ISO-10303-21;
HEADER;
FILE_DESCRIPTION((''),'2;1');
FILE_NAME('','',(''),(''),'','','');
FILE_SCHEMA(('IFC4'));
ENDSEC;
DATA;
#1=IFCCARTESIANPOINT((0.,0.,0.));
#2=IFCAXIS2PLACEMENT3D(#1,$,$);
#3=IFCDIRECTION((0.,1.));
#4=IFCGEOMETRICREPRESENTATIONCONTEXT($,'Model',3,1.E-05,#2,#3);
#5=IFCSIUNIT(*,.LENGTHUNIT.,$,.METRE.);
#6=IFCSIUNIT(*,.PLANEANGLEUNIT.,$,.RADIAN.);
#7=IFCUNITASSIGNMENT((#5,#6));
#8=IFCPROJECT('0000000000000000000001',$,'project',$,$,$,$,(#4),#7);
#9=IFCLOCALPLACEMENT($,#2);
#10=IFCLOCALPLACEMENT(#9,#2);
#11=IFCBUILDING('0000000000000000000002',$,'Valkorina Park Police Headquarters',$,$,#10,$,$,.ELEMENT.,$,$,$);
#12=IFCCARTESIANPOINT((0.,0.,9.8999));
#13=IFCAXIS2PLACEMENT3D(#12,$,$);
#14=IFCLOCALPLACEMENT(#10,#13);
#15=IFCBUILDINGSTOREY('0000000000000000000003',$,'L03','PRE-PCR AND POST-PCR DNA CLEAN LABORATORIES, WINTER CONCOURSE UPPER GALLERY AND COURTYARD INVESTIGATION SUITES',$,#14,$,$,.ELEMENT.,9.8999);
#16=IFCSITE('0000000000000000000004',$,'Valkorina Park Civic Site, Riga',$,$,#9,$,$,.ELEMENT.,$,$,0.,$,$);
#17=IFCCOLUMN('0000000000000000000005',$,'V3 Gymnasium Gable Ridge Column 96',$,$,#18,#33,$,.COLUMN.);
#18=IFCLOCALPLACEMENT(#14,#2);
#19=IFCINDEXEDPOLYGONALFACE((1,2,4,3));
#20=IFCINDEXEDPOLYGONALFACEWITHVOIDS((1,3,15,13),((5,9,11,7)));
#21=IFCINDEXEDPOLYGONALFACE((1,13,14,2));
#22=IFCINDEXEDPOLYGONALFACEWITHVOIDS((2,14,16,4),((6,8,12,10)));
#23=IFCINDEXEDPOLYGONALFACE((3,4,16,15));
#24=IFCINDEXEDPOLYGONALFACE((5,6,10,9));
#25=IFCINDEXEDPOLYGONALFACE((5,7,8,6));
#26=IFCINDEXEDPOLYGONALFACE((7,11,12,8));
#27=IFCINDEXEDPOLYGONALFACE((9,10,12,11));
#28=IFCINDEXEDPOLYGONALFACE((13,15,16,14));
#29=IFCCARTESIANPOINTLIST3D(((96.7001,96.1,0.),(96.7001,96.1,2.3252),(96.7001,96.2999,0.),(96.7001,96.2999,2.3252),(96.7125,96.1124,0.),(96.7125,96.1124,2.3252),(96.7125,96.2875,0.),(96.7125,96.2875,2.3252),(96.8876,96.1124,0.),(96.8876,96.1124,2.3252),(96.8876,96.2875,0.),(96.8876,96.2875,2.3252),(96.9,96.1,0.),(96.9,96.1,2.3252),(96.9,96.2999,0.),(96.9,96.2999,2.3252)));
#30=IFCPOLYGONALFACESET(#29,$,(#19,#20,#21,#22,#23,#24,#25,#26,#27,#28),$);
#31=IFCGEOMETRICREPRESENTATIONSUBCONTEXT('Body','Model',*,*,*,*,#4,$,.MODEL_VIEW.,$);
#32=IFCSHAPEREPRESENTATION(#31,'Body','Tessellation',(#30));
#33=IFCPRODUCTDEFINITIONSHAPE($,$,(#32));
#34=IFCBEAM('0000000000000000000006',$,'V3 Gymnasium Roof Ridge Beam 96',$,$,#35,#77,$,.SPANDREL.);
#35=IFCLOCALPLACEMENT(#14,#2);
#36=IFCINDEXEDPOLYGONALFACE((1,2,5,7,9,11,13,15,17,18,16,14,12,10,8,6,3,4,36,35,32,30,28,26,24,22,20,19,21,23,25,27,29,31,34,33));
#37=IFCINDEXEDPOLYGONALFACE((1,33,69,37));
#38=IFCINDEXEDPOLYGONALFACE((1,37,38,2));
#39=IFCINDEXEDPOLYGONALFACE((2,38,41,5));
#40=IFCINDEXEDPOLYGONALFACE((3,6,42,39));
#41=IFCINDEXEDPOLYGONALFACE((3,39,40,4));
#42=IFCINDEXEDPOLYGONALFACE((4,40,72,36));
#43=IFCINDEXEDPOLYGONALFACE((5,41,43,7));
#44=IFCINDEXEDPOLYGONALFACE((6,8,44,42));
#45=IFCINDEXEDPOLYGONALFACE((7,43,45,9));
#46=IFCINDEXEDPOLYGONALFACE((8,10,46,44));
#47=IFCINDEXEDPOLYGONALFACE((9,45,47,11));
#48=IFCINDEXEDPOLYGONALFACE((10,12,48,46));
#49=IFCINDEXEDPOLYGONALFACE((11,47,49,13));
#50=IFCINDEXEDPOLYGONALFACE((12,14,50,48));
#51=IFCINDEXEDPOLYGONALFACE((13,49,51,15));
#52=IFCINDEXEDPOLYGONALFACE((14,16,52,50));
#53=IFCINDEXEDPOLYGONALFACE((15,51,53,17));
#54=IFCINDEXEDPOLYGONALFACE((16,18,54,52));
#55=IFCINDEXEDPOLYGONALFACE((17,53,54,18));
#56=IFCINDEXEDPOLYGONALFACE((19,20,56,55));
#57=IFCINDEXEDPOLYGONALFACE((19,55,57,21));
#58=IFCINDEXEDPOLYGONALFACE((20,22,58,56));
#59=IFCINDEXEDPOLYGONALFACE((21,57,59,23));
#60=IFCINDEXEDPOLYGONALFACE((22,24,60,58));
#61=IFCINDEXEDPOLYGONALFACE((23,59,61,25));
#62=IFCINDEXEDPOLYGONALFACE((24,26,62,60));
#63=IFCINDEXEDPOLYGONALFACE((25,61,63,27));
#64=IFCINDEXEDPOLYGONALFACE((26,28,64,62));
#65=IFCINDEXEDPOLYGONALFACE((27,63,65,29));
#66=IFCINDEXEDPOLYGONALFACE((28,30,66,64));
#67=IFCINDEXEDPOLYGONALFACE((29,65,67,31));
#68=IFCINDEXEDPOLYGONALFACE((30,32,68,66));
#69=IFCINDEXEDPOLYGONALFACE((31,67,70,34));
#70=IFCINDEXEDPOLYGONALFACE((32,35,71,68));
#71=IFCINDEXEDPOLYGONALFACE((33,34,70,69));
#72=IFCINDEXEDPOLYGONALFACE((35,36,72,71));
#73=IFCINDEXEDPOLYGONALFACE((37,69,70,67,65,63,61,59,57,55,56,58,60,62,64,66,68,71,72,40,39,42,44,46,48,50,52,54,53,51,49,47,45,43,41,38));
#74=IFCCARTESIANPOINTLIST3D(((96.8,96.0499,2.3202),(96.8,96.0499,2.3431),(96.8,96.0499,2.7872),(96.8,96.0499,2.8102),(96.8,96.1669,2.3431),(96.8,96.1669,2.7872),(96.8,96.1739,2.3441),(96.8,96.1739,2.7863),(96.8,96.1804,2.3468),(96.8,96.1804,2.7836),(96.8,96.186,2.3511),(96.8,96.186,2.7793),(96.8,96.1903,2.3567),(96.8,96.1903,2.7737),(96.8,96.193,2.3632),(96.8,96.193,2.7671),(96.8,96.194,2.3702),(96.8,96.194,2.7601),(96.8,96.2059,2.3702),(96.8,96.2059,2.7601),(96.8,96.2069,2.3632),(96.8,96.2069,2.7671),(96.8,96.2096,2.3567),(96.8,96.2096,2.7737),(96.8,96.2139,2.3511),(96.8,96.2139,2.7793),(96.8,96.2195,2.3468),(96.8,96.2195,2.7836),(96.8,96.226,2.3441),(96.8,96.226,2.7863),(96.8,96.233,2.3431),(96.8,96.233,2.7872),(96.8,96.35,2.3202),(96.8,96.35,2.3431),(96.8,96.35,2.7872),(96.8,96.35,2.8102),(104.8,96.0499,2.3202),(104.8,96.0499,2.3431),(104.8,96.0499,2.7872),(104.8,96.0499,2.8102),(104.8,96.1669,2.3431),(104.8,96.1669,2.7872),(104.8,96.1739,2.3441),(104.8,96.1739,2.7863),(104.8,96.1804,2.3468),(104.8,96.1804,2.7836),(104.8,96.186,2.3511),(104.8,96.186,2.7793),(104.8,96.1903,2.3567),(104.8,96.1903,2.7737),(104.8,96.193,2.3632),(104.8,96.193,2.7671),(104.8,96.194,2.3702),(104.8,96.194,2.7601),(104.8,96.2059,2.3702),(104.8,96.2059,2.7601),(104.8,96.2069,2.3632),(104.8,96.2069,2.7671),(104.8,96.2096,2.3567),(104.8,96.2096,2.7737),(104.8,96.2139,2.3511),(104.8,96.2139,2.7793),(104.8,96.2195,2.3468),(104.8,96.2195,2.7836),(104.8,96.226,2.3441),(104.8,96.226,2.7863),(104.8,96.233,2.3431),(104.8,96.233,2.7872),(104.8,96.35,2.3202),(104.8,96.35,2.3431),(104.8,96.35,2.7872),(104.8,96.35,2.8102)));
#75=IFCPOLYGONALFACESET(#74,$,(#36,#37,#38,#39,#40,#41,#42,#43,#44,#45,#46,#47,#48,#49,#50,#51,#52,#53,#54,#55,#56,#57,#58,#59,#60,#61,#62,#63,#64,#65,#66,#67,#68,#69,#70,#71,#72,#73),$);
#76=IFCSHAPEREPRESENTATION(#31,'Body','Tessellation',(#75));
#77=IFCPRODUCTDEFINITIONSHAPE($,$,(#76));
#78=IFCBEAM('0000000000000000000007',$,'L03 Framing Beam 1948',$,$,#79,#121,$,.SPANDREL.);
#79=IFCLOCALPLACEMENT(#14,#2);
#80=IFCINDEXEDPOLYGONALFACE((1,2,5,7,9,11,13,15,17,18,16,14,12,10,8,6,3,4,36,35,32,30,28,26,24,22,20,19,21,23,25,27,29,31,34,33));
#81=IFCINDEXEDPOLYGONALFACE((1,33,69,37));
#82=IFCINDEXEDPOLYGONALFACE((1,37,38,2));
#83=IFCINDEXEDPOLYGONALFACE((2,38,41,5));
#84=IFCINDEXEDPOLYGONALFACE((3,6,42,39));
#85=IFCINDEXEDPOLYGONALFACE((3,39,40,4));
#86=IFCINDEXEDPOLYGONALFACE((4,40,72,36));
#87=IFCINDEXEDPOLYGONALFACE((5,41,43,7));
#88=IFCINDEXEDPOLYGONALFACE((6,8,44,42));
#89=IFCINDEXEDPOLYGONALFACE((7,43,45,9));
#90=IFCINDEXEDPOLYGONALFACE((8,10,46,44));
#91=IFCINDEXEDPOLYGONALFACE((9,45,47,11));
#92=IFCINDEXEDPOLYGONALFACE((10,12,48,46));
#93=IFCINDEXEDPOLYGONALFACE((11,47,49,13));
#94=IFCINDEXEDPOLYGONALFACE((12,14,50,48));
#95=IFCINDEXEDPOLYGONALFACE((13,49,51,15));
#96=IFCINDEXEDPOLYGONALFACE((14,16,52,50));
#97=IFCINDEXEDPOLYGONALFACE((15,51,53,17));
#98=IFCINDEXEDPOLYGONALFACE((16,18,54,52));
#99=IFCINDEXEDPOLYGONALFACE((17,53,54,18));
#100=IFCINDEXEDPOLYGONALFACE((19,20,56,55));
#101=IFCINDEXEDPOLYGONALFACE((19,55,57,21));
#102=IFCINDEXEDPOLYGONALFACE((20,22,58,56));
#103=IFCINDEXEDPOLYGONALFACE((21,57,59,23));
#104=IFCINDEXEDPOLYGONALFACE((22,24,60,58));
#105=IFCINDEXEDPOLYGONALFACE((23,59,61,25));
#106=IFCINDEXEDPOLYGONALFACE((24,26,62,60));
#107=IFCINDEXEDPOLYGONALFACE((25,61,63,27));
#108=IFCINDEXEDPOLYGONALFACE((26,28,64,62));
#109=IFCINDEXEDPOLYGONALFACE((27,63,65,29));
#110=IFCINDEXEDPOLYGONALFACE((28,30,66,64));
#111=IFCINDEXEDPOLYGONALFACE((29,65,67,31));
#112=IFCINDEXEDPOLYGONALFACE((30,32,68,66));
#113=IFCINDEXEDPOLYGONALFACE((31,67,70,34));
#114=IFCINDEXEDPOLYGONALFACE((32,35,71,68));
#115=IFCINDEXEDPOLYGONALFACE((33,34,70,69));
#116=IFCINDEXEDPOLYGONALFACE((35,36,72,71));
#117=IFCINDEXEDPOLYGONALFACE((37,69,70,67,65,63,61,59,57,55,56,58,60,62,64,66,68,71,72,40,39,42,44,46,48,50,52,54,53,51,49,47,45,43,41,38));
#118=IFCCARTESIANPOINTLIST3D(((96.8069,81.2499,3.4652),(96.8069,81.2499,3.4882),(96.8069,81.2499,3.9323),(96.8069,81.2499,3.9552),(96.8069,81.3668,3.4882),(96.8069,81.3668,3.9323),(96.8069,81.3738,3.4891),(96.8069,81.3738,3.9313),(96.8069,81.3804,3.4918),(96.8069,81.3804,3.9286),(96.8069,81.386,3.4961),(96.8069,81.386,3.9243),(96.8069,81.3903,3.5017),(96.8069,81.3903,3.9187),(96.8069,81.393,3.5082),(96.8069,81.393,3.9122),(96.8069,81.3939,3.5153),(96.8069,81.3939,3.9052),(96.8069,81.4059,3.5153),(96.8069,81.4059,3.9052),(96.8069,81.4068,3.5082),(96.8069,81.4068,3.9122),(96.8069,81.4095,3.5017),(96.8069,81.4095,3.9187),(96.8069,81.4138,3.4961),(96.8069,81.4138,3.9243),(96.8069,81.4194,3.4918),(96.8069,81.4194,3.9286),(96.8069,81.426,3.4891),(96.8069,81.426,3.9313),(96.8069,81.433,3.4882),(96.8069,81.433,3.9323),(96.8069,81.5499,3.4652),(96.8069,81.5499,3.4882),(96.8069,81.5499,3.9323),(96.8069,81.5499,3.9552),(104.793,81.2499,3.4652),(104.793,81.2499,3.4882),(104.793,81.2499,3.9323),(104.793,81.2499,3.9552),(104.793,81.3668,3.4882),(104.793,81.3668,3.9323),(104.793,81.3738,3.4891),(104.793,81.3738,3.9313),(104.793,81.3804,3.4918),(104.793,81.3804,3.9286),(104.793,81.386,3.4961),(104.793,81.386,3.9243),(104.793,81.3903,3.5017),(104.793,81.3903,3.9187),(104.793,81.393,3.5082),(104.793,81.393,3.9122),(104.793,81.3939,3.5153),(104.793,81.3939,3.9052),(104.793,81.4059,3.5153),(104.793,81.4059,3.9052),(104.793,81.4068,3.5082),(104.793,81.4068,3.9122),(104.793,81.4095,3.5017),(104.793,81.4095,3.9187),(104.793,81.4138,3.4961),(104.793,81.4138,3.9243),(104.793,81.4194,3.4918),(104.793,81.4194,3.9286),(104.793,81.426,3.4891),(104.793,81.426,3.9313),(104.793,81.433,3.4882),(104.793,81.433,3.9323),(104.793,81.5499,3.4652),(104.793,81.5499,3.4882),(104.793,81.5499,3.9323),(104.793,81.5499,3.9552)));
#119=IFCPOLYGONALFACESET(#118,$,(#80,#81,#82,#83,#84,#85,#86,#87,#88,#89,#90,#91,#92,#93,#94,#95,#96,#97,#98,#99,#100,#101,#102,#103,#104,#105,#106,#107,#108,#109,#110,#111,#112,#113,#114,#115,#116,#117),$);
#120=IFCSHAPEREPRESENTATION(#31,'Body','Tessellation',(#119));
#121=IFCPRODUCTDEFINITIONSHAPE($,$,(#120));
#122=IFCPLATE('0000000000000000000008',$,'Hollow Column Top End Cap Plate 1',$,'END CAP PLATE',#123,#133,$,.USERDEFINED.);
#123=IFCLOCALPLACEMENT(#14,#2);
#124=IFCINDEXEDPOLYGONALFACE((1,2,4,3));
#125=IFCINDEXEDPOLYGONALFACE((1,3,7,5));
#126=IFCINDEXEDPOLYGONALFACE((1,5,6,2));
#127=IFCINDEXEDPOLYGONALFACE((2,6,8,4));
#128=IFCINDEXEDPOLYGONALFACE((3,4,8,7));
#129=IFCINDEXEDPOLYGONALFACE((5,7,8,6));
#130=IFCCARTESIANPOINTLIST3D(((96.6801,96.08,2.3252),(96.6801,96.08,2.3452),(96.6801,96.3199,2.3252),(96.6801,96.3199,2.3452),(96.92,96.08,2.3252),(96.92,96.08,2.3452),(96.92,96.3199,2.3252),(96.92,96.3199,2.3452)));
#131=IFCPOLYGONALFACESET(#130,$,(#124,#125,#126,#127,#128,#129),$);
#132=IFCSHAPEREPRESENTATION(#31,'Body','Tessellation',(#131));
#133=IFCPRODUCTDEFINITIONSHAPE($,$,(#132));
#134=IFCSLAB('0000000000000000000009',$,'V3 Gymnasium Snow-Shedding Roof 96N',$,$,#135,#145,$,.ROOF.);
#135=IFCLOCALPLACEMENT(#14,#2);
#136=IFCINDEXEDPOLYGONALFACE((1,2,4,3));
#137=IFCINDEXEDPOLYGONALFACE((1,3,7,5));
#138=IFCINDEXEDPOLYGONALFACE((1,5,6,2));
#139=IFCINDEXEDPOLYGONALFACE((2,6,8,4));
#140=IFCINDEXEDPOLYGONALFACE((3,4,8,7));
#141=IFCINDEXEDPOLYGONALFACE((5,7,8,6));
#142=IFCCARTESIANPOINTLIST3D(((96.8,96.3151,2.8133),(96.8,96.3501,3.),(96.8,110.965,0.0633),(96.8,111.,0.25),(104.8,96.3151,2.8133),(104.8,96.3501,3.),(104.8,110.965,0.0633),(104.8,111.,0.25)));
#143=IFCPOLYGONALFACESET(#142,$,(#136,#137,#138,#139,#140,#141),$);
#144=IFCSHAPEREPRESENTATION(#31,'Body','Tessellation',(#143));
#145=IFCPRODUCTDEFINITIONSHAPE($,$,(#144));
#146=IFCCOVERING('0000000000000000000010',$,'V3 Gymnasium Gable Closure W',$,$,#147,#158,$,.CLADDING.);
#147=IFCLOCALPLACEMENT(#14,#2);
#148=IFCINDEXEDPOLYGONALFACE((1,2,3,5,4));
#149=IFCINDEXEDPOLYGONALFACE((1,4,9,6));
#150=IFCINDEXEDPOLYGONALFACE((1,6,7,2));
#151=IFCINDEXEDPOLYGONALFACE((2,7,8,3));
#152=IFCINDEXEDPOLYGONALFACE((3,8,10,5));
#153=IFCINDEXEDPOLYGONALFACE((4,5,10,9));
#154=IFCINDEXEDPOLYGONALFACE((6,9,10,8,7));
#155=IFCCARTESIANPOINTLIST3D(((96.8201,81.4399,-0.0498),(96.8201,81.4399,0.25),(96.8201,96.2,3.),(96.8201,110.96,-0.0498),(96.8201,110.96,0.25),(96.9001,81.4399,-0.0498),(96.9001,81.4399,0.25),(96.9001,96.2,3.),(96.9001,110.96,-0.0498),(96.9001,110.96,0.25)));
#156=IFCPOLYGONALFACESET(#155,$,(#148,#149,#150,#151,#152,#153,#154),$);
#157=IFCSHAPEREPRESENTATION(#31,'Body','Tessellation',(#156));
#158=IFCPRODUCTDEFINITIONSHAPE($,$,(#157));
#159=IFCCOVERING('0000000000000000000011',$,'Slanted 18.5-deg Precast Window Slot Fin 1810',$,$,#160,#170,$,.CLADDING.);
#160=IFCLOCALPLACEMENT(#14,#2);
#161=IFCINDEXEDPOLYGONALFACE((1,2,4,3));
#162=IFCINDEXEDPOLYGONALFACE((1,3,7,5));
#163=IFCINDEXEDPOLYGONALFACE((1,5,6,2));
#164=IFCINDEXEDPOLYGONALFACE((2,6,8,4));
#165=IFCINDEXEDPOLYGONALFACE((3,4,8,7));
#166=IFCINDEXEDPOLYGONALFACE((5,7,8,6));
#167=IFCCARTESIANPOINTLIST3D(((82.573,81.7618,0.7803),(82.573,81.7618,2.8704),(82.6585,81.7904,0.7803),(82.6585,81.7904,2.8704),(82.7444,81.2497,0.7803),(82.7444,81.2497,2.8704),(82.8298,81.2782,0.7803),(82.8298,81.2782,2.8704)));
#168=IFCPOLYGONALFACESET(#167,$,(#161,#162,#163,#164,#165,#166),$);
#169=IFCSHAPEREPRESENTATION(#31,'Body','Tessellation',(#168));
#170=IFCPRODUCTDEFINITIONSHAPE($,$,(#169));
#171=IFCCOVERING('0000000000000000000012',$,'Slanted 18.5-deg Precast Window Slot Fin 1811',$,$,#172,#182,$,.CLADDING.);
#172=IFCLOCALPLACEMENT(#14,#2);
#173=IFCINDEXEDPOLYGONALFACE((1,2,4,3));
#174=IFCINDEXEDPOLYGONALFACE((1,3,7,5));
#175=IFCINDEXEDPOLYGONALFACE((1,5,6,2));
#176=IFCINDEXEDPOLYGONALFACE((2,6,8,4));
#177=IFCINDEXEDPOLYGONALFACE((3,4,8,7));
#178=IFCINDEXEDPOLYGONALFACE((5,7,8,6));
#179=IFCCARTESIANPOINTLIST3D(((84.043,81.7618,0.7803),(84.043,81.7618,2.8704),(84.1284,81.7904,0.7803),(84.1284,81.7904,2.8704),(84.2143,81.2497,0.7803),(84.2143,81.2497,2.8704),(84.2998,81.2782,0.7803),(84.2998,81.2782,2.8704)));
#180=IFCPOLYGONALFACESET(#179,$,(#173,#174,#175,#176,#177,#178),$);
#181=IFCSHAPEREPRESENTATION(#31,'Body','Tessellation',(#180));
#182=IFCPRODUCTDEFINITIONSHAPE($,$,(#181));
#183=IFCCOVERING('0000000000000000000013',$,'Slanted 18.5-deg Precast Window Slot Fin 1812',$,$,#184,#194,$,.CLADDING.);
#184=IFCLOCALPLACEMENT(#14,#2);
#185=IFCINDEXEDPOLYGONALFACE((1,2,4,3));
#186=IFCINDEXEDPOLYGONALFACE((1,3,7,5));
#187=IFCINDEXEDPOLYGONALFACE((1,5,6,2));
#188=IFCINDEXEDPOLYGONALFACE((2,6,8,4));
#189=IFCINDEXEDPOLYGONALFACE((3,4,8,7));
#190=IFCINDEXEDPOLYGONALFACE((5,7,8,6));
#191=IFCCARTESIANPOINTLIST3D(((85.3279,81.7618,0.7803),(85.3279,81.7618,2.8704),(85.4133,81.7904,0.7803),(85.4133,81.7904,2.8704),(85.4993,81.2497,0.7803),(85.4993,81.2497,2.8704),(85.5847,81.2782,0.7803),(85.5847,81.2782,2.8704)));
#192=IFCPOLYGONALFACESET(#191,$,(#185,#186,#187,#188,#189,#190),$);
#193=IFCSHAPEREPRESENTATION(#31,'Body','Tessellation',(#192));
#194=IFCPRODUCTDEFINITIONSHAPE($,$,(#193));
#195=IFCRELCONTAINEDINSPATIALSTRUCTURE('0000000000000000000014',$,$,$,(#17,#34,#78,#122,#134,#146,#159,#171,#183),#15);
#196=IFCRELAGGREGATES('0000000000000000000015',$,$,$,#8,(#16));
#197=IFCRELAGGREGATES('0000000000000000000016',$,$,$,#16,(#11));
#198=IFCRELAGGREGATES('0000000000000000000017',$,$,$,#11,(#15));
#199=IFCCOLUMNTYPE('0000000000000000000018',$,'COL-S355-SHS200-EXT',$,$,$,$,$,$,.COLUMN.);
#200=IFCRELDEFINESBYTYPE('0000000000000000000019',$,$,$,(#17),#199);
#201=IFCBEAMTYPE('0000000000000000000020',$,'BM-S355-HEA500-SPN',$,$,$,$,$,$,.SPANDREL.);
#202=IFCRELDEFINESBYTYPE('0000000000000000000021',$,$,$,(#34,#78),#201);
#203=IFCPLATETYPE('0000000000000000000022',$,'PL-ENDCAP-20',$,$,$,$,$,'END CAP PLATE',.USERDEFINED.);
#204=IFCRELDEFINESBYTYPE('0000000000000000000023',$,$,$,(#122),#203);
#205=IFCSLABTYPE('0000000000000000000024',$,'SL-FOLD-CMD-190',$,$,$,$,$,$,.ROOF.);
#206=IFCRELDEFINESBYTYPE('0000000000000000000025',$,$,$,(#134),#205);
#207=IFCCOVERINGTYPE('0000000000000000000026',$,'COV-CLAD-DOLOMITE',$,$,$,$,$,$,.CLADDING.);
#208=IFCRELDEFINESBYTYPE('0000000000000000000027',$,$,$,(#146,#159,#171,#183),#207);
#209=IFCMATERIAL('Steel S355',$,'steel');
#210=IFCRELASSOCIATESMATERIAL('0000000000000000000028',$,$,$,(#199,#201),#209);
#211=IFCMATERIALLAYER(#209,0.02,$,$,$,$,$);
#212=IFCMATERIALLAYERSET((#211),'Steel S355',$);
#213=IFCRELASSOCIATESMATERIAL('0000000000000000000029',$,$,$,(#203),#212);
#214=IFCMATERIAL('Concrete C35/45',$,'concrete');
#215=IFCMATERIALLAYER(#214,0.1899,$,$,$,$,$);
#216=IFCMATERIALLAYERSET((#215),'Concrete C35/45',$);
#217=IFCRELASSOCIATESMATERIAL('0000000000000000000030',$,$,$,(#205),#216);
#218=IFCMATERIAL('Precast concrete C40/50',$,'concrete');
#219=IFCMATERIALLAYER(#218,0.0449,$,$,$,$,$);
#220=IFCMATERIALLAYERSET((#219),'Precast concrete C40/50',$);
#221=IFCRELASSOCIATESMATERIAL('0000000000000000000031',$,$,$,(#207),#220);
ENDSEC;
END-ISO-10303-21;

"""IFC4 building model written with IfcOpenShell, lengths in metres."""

from ifc_helpers import new_model, si_unit, direction, frame, origin, origin_2d, place, context, subcontext, project, spatial, polyline, rectangle, hollow_rectangle, i_section, outline, extrude, material, layer, layer_set, material_profile, profile_set, type_object, element, save


model = new_model("IFC4")

# Units and contexts
model_context = context("Model", 3, precision=1e-05, world=origin(), true_north=direction((0.0, 1.0)))
body_context = subcontext(model_context, "Body", "Model", "MODEL_VIEW")
ifc_project = project(units=[si_unit("LENGTHUNIT", "METRE"), si_unit("PLANEANGLEUNIT", "RADIAN")], contexts=[model_context])

# Site, building, storey
site_placement = place(None, origin())
site = spatial("IfcSite", under=ifc_project, at=site_placement, Name="Valkorina Park Civic Site, Riga", CompositionType="ELEMENT", RefElevation=0.0)
building_placement = place(site_placement, origin())
building = spatial("IfcBuilding", under=site, at=building_placement, Name="Valkorina Park Police Headquarters", CompositionType="ELEMENT")
storey_placement = place(building_placement, frame((0.0, 0.0, 9.8999)))
storey = spatial("IfcBuildingStorey", under=building, at=storey_placement, Name="L03", Description="PRE-PCR AND POST-PCR DNA CLEAN LABORATORIES, WINTER CONCOURSE UPPER GALLERY AND COURTYARD INVESTIGATION SUITES", CompositionType="ELEMENT", Elevation=9.8999)

# Column
ifc_material_1 = material(Name="Steel S355", Category="steel")
ifc_material_profile_1 = material_profile(ifc_material_1, hollow_rectangle(XDim=0.2, YDim=0.2, WallThickness=0.0125, at=origin_2d()), Name="SHS 200x200x12.5")
ifc_profile_set_1 = profile_set([ifc_material_profile_1], Name="Steel S355")
column_type = type_object("IfcColumnType", Name="COL-S355-SHS200-EXT", PredefinedType="COLUMN", material=ifc_profile_set_1)
column_placement = place(storey_placement, frame((96.8, 96.2, 0.0), z_axis=(0.0, 0.0, 1.0), x_axis=(1.0, 0.0, 0.0)))
element("IfcColumn", 1, at=column_placement, inside=storey, type_object=column_type, Name="V3 Gymnasium Gable Ridge Column 96", PredefinedType="COLUMN", context=body_context, shape_type="SweptSolid", body=[
    extrude(hollow_rectangle(XDim=0.2, YDim=0.2, WallThickness=0.0125, at=origin_2d()), origin(), (0.0, 0.0, 1.0), 2.3252),
])

# Beams
ifc_material_profile_2 = material_profile(ifc_material_1, i_section(OverallWidth=0.3, OverallDepth=0.49, WebThickness=0.012, FlangeThickness=0.0229, FilletRadius=0.0271, at=origin_2d()), Name="HEA 500")
ifc_profile_set_2 = profile_set([ifc_material_profile_2], Name="Steel S355")
beam_type = type_object("IfcBeamType", Name="BM-S355-HEA500-SPN", PredefinedType="SPANDREL", material=ifc_profile_set_2)
beam_1_placement = place(storey_placement, frame((96.8, 96.2, 2.5652), z_axis=(1.0, 0.0, 0.0), x_axis=(0.0, 1.0, 0.0)))
element("IfcBeam", 2, at=beam_1_placement, inside=storey, type_object=beam_type, Name="V3 Gymnasium Roof Ridge Beam 96", PredefinedType="SPANDREL", context=body_context, shape_type="SweptSolid", body=[
    extrude(i_section(OverallWidth=0.3, OverallDepth=0.49, WebThickness=0.012, FlangeThickness=0.0229, FilletRadius=0.0271, at=origin_2d()), origin(), (0.0, 0.0, 1.0), 8.0),
])
beam_2_placement = place(storey_placement, frame((96.8069, 81.3999, 3.7102), z_axis=(1.0, 0.0, 0.0), x_axis=(0.0, 1.0, 0.0)))
element("IfcBeam", 3, at=beam_2_placement, inside=storey, type_object=beam_type, Name="L03 Framing Beam 1948", PredefinedType="SPANDREL", context=body_context, shape_type="SweptSolid", body=[
    extrude(i_section(OverallWidth=0.3, OverallDepth=0.49, WebThickness=0.012, FlangeThickness=0.0229, FilletRadius=0.0271, at=origin_2d()), origin(), (0.0, 0.0, 1.0), 7.9861),
])

# Plate
ifc_layer_1 = layer(ifc_material_1, 0.02)
ifc_layer_set_1 = layer_set([ifc_layer_1], Name="Steel S355")
plate_type = type_object("IfcPlateType", Name="PL-ENDCAP-20", ElementType="END CAP PLATE", PredefinedType="USERDEFINED", material=ifc_layer_set_1)
plate_placement = place(storey_placement, frame((96.8, 96.2, 2.3252), z_axis=(0.0, 0.0, 1.0), x_axis=(1.0, 0.0, 0.0)))
element("IfcPlate", 4, at=plate_placement, inside=storey, type_object=plate_type, Name="Hollow Column Top End Cap Plate 1", ObjectType="END CAP PLATE", PredefinedType="USERDEFINED", context=body_context, shape_type="SweptSolid", body=[
    extrude(rectangle(XDim=0.24, YDim=0.24, at=origin_2d()), origin(), (0.0, 0.0, 1.0), 0.02),
])

# Slab
ifc_material_2 = material(Name="Concrete C35/45", Category="concrete")
ifc_layer_2 = layer(ifc_material_2, 0.1899)
ifc_layer_set_2 = layer_set([ifc_layer_2], Name="Concrete C35/45")
slab_type = type_object("IfcSlabType", Name="SL-FOLD-CMD-190", PredefinedType="ROOF", material=ifc_layer_set_2)
slab_placement = place(storey_placement, frame((96.8, 96.3501, 3.0), z_axis=(0.0, 0.184492, 0.982834), x_axis=(1.0, 0.0, 0.0)))
element("IfcSlab", 5, at=slab_placement, inside=storey, type_object=slab_type, Name="V3 Gymnasium Snow-Shedding Roof 96N", PredefinedType="ROOF", context=body_context, shape_type="SweptSolid", body=[
    extrude(outline(polyline([(0.0, 0.0), (8.0, 0.0), (8.0, 14.9058), (0.0, 14.9058), (0.0, 0.0)])), origin(), (0.0, 0.0, -1.0), 0.1899),
])

# Coverings
ifc_material_3 = material(Name="Precast concrete C40/50", Category="concrete")
ifc_layer_3 = layer(ifc_material_3, 0.0449)
ifc_layer_set_3 = layer_set([ifc_layer_3], Name="Precast concrete C40/50")
covering_type = type_object("IfcCoveringType", Name="COV-CLAD-DOLOMITE", PredefinedType="CLADDING", material=ifc_layer_set_3)
covering_1_placement = place(storey_placement, frame((96.8601, 81.4399, -0.0498), z_axis=(0.0, 0.0, 1.0), x_axis=(0.0, 1.0, 0.0)))
element("IfcCovering", 6, at=covering_1_placement, inside=storey, type_object=covering_type, Name="V3 Gymnasium Gable Closure W", PredefinedType="CLADDING", context=body_context, shape_type="SweptSolid", body=[
    extrude(outline(polyline([(0.0, 0.0), (29.52, 0.0), (29.52, 0.2998), (14.76, 3.0498), (0.0, 0.2998), (0.0, 0.0)])), frame((0.0, 0.04, 0.0), z_axis=(0.0, -1.0, 0.0), x_axis=(1.0, 0.0, 0.0)), (0.0, 0.0, 1.0), 0.0801),
])
for number, where, z_axis, x_axis, name in (
    (7, (82.7014, 81.52, 0.7803), (0.0, 0.0, 1.0), (-0.317305, 0.948324, 0.0), "Slanted 18.5-deg Precast Window Slot Fin 1810"),
    (8, (84.1714, 81.52, 0.7803), (0.0, 0.0, 1.0), (-0.317305, 0.948324, 0.0), "Slanted 18.5-deg Precast Window Slot Fin 1811"),
    (9, (85.4563, 81.52, 0.7803), (0.0, 0.0, 1.0), (-0.317305, 0.948324, 0.0), "Slanted 18.5-deg Precast Window Slot Fin 1812"),
):
    element("IfcCovering", number, at=place(storey_placement, frame(where, z_axis=z_axis, x_axis=x_axis)), inside=storey, type_object=covering_type, Name=name, PredefinedType="CLADDING", context=body_context, shape_type="SweptSolid", body=[
        extrude(rectangle(XDim=0.54, YDim=0.0901, at=origin_2d()), origin(), (0.0, 0.0, 1.0), 2.0901),
    ])

save(model, "model.ifc")
